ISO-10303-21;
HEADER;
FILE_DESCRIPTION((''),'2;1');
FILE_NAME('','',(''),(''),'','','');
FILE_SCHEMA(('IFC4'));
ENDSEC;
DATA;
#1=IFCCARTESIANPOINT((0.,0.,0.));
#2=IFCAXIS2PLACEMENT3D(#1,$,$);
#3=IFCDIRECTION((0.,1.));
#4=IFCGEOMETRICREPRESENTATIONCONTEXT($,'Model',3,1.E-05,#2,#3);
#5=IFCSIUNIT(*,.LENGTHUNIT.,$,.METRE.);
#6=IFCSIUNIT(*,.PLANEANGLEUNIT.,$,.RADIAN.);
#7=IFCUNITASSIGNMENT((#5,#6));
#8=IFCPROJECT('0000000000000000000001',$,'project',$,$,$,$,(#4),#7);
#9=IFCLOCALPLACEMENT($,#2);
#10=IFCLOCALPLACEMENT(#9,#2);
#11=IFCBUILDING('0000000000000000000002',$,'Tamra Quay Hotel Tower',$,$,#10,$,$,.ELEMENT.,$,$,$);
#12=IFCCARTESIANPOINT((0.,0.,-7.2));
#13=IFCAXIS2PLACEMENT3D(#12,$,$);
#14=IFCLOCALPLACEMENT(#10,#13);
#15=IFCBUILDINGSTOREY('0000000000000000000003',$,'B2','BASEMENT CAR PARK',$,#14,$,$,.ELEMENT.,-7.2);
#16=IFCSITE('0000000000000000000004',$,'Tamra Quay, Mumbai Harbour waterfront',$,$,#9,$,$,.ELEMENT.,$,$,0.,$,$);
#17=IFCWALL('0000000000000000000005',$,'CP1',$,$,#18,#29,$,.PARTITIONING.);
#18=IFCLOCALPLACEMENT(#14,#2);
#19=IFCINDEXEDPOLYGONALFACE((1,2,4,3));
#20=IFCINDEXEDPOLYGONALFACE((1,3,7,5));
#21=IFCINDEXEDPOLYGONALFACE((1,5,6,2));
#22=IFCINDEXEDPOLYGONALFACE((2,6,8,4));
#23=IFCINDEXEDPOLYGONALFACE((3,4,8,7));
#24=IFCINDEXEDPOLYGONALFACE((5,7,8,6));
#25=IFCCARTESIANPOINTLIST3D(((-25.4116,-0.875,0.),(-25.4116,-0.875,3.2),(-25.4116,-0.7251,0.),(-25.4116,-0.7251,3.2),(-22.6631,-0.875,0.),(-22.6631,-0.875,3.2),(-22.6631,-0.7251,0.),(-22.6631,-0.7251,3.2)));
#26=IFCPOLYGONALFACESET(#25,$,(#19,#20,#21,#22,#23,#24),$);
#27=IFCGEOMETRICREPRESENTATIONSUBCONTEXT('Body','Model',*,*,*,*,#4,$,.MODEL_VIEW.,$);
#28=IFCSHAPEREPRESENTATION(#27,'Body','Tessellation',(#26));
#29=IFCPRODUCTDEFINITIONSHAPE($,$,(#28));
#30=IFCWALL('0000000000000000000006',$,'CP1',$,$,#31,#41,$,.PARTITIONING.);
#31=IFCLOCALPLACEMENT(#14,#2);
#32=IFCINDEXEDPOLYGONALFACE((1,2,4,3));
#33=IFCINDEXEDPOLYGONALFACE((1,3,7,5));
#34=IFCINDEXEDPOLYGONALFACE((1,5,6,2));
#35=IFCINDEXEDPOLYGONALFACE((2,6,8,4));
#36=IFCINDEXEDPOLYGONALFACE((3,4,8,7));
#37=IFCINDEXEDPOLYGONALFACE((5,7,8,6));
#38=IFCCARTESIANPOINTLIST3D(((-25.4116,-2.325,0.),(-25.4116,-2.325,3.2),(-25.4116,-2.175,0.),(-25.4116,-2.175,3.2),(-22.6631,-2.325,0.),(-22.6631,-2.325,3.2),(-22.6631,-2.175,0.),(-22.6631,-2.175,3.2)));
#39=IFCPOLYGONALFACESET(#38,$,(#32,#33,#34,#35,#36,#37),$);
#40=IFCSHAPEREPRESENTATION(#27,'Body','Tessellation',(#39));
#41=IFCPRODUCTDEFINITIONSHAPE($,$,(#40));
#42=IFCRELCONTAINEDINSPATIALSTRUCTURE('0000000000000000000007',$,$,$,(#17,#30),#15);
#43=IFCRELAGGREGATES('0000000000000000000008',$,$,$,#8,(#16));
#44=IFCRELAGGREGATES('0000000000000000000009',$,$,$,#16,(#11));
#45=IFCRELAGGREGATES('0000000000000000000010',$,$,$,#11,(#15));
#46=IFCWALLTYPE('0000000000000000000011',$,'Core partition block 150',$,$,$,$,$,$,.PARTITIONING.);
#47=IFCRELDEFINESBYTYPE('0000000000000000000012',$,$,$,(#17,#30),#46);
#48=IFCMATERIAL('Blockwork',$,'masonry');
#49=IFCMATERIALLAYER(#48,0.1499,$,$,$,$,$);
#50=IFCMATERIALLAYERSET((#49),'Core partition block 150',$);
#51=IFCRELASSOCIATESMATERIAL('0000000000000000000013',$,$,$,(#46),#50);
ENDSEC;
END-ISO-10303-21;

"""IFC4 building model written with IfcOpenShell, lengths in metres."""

from ifc_helpers import new_model, si_unit, direction, frame, frame_2d, origin, place, context, subcontext, project, spatial, rectangle, extrude, material, layer, layer_set, type_object, element, save


model = new_model("IFC4")

# Units and contexts
model_context = context("Model", 3, precision=1e-05, world=origin(), true_north=direction((0.0, 1.0)))
body_context = subcontext(model_context, "Body", "Model", "MODEL_VIEW")
ifc_project = project(units=[si_unit("LENGTHUNIT", "METRE"), si_unit("PLANEANGLEUNIT", "RADIAN")], contexts=[model_context])

# Site, building, storey
site_placement = place(None, origin())
site = spatial("IfcSite", under=ifc_project, at=site_placement, Name="Tamra Quay, Mumbai Harbour waterfront", CompositionType="ELEMENT", RefElevation=0.0)
building_placement = place(site_placement, origin())
building = spatial("IfcBuilding", under=site, at=building_placement, Name="Tamra Quay Hotel Tower", CompositionType="ELEMENT")
storey_placement = place(building_placement, frame((0.0, 0.0, -7.2)))
storey = spatial("IfcBuildingStorey", under=building, at=storey_placement, Name="B2", Description="BASEMENT CAR PARK", CompositionType="ELEMENT", Elevation=-7.2)

# Shared definitions
ifc_material_1 = material(Name="Blockwork", Category="masonry")

# Walls
ifc_layer_1 = layer(ifc_material_1, 0.1499)
ifc_layer_set_1 = layer_set([ifc_layer_1], Name="Core partition block 150")
wall_type_1 = type_object("IfcWallType", Name="Core partition block 150", PredefinedType="PARTITIONING", material=ifc_layer_set_1)
for number, where, z_axis, x_axis, name in (
    (1, (-22.6631, -0.8, 0.0), (0.0, 0.0, 1.0), (-1.0, 0.0, 0.0), "CP1"),
    (2, (-22.6631, -2.25, 0.0), (0.0, 0.0, 1.0), (-1.0, 0.0, 0.0), "CP1"),
):
    element("IfcWall", number, at=place(storey_placement, frame(where, z_axis=z_axis, x_axis=x_axis)), inside=storey, type_object=wall_type_1, Name=name, PredefinedType="PARTITIONING", context=body_context, shape_type="SweptSolid", body=[
        extrude(rectangle(XDim=2.7485, YDim=0.1499, at=frame_2d((1.3743, 0.0))), origin(), (0.0, 0.0, 1.0), 3.2),
    ])

save(model, "model.ifc")
